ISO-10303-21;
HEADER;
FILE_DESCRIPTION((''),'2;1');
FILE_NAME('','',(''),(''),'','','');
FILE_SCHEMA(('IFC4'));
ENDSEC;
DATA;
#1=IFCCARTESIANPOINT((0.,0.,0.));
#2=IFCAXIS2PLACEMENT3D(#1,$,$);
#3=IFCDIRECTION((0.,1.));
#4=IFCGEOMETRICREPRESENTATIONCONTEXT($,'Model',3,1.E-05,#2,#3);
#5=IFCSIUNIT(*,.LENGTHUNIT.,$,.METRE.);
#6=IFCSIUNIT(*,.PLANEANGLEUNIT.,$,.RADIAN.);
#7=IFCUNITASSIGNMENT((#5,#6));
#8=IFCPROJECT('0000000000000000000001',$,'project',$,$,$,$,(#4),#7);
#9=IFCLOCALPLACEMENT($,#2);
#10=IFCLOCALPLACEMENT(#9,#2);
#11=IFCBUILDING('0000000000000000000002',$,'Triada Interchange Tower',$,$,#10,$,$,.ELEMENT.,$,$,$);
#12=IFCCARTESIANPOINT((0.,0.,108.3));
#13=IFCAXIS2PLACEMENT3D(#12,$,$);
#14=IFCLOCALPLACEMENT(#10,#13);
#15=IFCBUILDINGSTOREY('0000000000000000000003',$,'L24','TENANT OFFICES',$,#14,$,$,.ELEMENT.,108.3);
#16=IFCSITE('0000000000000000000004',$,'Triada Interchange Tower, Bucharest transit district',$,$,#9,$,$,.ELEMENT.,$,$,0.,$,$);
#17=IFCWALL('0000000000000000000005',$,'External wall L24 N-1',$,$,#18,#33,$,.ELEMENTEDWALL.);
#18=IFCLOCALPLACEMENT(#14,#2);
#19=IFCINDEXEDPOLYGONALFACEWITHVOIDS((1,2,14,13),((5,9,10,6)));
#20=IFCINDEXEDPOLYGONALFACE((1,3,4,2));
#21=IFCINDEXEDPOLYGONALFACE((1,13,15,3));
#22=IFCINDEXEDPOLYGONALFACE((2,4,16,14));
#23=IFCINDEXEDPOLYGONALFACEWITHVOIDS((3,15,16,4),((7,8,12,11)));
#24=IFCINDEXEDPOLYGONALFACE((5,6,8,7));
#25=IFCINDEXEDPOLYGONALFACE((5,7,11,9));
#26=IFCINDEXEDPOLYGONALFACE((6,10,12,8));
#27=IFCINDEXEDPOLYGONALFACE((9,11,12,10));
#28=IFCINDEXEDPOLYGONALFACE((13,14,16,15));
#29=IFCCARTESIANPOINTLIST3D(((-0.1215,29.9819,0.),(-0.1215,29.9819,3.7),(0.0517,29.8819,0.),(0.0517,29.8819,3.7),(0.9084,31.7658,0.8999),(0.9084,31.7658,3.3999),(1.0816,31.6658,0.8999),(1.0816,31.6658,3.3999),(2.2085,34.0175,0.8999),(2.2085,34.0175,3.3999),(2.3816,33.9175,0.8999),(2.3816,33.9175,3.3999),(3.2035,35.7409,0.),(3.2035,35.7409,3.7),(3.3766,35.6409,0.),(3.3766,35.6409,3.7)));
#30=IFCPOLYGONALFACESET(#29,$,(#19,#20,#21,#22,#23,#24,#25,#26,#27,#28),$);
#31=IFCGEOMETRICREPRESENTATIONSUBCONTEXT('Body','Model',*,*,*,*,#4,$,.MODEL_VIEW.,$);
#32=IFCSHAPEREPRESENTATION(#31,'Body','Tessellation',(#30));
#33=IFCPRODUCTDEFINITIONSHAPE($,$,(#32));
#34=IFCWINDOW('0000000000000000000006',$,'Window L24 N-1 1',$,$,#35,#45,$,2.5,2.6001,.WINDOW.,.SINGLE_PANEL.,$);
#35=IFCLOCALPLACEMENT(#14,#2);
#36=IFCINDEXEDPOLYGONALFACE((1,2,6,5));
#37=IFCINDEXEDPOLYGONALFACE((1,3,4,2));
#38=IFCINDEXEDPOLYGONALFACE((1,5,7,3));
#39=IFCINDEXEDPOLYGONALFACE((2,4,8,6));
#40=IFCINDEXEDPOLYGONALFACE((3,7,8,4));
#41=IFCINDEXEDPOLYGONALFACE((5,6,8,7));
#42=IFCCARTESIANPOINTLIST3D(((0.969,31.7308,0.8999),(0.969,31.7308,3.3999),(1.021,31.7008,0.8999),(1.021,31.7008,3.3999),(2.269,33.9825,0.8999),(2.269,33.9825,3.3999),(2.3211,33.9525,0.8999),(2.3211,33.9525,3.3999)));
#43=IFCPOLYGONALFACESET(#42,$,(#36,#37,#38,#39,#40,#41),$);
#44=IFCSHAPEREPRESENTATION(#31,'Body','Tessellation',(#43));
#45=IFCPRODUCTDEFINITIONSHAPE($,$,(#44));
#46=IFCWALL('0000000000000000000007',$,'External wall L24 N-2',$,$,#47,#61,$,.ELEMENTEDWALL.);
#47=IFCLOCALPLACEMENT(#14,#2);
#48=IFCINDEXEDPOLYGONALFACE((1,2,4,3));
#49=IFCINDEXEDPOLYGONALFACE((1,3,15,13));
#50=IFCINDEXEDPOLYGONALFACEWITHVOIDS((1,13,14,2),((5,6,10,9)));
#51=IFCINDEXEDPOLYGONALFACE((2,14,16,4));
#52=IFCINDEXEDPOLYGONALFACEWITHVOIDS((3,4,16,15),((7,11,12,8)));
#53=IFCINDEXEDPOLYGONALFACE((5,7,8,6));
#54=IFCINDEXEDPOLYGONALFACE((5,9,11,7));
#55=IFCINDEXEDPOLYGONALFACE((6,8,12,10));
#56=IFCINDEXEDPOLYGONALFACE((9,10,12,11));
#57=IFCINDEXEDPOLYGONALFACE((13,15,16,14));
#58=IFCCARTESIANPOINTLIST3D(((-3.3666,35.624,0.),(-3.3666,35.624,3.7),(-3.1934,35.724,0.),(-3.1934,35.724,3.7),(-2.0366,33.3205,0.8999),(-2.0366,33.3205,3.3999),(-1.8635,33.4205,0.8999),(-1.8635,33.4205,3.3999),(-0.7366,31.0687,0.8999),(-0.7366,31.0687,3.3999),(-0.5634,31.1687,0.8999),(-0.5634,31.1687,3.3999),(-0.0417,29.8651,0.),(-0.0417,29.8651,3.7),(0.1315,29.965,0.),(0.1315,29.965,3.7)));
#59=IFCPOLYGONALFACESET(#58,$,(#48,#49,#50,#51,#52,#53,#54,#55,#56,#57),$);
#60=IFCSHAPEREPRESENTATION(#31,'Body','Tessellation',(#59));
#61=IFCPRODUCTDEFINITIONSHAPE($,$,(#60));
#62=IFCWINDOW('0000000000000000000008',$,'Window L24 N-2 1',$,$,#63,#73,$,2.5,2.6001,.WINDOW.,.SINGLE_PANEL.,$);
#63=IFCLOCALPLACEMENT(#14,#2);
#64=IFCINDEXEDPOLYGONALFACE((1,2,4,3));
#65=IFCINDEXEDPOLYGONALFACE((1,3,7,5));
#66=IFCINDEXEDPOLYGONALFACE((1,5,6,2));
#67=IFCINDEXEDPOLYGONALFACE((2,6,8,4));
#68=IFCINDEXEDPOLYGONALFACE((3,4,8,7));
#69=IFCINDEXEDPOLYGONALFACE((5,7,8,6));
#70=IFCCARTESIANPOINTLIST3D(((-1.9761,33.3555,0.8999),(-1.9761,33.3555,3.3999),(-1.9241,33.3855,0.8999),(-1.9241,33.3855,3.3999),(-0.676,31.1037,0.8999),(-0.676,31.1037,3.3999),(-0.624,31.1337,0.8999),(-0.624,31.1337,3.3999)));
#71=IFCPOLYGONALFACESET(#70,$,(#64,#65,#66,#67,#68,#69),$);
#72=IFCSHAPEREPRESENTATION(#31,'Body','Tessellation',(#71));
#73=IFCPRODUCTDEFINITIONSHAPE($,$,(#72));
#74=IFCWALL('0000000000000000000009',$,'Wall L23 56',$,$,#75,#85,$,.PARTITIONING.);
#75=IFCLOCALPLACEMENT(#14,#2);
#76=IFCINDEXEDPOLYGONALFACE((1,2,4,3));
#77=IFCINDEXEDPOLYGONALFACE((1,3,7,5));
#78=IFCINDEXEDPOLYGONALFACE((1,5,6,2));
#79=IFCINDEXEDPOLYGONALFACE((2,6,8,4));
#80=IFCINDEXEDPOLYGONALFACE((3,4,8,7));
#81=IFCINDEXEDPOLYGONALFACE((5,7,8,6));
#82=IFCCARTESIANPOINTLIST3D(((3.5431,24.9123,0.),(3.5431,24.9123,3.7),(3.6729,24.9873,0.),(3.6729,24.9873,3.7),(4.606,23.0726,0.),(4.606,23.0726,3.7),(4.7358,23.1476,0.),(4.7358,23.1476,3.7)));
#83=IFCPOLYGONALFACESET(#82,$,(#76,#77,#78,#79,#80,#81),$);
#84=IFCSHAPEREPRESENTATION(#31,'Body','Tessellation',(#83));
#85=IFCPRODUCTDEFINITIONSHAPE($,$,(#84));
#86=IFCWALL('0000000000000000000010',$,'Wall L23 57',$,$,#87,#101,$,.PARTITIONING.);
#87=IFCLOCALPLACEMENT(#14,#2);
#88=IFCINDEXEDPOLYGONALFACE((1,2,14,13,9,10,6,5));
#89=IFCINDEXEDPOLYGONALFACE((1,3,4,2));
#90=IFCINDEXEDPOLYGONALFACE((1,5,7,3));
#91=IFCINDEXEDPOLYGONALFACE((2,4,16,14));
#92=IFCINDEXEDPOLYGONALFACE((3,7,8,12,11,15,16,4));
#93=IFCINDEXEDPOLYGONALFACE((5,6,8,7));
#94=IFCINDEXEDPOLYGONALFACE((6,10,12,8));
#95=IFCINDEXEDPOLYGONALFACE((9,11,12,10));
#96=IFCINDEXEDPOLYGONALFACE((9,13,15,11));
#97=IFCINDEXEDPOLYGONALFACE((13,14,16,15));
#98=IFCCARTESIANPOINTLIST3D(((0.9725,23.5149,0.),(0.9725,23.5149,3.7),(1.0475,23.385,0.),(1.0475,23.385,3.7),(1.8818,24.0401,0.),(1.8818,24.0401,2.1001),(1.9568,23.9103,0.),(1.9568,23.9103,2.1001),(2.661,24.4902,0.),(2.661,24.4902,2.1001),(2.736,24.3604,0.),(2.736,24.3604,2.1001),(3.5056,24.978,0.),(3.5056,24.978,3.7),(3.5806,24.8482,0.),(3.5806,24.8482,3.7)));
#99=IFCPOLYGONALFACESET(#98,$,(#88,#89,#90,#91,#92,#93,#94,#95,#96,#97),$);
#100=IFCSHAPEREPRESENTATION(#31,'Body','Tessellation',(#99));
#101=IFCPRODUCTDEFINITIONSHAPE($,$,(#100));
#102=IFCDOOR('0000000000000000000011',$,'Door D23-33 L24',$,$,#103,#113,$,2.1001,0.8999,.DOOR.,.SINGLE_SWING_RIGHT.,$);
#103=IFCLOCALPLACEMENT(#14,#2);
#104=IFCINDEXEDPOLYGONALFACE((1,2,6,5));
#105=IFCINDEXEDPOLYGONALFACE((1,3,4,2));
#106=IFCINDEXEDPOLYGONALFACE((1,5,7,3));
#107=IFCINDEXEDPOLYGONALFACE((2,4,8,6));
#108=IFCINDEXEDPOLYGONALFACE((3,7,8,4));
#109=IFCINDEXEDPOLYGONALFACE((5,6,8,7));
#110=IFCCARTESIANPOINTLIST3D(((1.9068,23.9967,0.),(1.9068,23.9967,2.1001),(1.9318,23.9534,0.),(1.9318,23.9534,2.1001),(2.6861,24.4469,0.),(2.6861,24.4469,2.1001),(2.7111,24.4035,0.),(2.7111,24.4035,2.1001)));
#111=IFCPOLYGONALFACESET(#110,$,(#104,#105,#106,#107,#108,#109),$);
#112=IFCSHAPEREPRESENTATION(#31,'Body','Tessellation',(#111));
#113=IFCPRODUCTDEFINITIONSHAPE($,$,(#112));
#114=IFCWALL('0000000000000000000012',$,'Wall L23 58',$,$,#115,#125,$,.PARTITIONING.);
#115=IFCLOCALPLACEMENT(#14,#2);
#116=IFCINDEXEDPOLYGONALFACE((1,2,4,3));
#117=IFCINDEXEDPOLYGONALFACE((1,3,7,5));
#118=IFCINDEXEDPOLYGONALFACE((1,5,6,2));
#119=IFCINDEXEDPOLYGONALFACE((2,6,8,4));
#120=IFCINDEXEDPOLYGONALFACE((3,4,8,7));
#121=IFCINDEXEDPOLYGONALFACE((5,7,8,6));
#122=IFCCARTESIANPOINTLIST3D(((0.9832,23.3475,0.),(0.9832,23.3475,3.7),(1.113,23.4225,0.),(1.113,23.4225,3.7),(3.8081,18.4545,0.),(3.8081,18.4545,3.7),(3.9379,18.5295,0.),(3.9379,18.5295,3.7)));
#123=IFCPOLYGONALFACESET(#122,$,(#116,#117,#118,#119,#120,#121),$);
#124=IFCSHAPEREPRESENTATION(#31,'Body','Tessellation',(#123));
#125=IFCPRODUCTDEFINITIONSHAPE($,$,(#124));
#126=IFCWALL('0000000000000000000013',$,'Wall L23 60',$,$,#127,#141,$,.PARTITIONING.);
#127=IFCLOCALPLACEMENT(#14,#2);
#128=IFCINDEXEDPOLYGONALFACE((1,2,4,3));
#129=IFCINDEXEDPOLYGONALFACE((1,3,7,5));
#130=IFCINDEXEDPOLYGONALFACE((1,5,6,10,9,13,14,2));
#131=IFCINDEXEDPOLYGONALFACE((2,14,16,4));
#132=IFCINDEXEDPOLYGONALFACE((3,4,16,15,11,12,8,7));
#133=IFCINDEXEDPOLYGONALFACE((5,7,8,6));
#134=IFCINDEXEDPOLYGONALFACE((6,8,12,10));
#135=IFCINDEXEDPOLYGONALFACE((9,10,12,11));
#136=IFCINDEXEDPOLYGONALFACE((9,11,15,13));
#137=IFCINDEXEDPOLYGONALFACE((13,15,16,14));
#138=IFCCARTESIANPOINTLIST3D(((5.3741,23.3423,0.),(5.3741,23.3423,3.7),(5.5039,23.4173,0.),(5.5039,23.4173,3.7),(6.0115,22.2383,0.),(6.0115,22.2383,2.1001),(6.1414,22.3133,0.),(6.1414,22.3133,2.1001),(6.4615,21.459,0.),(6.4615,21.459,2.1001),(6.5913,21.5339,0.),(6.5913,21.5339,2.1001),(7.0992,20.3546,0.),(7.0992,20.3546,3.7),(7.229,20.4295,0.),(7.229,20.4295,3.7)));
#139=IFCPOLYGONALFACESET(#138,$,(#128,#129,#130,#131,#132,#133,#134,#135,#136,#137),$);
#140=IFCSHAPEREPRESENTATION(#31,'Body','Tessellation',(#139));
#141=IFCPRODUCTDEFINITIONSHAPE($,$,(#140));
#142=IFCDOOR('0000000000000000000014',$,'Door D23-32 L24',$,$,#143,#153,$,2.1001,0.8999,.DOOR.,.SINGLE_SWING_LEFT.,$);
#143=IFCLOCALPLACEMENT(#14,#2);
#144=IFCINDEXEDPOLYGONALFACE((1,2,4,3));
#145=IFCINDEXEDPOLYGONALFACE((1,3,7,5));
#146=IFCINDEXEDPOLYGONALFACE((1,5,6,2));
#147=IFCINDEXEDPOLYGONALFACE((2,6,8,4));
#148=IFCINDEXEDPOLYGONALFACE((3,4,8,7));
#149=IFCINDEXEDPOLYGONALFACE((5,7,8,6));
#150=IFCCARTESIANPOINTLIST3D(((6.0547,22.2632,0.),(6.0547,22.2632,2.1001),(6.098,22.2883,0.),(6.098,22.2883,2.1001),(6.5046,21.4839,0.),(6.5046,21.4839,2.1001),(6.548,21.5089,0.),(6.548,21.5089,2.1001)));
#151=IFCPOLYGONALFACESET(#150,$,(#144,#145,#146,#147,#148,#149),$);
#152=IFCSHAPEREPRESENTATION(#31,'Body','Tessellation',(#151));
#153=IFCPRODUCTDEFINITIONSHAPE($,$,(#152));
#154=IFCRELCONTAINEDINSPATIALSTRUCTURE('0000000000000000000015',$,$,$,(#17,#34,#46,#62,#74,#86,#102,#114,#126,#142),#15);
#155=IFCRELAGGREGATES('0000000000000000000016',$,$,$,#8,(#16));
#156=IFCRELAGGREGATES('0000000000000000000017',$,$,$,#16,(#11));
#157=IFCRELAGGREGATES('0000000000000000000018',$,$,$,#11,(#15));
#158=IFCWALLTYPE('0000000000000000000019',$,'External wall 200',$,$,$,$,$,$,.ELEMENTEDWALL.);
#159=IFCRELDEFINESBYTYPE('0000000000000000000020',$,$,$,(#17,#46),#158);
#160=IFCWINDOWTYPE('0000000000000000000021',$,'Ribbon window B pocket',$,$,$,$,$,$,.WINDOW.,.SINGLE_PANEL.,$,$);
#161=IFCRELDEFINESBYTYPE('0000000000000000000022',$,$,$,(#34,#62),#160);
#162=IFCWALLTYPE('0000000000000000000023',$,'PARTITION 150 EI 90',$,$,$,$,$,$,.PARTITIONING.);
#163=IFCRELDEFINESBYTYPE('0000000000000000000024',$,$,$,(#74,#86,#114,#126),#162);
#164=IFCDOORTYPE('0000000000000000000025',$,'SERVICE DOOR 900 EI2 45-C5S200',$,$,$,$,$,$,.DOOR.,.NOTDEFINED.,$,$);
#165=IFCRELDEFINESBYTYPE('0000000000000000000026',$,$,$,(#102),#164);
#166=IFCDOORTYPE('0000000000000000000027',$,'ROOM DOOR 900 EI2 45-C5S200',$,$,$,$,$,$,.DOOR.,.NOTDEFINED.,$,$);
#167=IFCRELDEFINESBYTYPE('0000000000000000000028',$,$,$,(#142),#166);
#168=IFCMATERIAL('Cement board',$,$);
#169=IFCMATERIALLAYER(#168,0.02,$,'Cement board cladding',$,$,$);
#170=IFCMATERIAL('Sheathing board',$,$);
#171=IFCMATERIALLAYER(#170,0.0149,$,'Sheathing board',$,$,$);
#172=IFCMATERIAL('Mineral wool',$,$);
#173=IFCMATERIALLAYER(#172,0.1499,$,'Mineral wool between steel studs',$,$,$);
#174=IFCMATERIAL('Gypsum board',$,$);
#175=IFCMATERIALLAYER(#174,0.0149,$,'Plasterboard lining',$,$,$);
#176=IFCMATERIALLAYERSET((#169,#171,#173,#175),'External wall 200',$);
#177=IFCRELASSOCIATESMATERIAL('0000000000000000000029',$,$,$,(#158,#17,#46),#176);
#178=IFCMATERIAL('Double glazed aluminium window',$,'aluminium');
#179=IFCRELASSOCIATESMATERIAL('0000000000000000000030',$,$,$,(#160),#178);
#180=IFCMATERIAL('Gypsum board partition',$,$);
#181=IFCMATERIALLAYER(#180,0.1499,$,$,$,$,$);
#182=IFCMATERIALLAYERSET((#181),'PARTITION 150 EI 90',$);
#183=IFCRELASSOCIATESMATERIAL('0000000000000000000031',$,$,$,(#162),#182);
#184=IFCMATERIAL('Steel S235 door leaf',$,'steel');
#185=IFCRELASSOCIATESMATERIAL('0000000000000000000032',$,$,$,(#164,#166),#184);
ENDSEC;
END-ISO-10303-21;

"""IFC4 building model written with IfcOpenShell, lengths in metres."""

from ifc_helpers import new_model, si_unit, direction, frame, frame_2d, origin, place, context, subcontext, project, spatial, rectangle, extrude, material, layer, layer_set, layer_usage, type_object, element, fill, save


model = new_model("IFC4")

# Units and contexts
model_context = context("Model", 3, precision=1e-05, world=origin(), true_north=direction((0.0, 1.0)))
body_context = subcontext(model_context, "Body", "Model", "MODEL_VIEW")
ifc_project = project(units=[si_unit("LENGTHUNIT", "METRE"), si_unit("PLANEANGLEUNIT", "RADIAN")], contexts=[model_context])

# Site, building, storey
site_placement = place(None, origin())
site = spatial("IfcSite", under=ifc_project, at=site_placement, Name="Triada Interchange Tower, Bucharest transit district", CompositionType="ELEMENT", RefElevation=0.0)
building_placement = place(site_placement, origin())
building = spatial("IfcBuilding", under=site, at=building_placement, Name="Triada Interchange Tower", CompositionType="ELEMENT")
storey_placement = place(building_placement, frame((0.0, 0.0, 108.3)))
storey = spatial("IfcBuildingStorey", under=building, at=storey_placement, Name="L24", Description="TENANT OFFICES", CompositionType="ELEMENT", Elevation=108.3)

# Walls, openings, windows
ifc_material_1 = material(Name="Cement board")
ifc_layer_1 = layer(ifc_material_1, 0.02, Name="Cement board cladding")
ifc_material_2 = material(Name="Sheathing board")
ifc_layer_2 = layer(ifc_material_2, 0.0149, Name="Sheathing board")
ifc_material_3 = material(Name="Mineral wool")
ifc_layer_3 = layer(ifc_material_3, 0.1499, Name="Mineral wool between steel studs")
ifc_material_4 = material(Name="Gypsum board")
ifc_layer_4 = layer(ifc_material_4, 0.0149, Name="Plasterboard lining")
ifc_layer_set_1 = layer_set([ifc_layer_1, ifc_layer_2, ifc_layer_3, ifc_layer_4], Name="External wall 200")
ifc_layer_usage = layer_usage(ifc_layer_set_1, "AXIS2", "POSITIVE", -0.1001)
wall_type_1 = type_object("IfcWallType", Name="External wall 200", PredefinedType="ELEMENTEDWALL", material=ifc_layer_set_1)
wall_1_placement = place(storey_placement, frame((3.29, 35.6909, 0.0), z_axis=(0.0, 0.0, 1.0), x_axis=(-0.499997, -0.866027, 0.0)))
wall_1 = element("IfcWall", 1, at=wall_1_placement, inside=storey, type_object=wall_type_1, material=ifc_layer_usage, Name="External wall L24 N-1", PredefinedType="ELEMENTEDWALL", context=body_context, shape_type="SweptSolid", body=[
    extrude(rectangle(XDim=6.6499, YDim=0.2, at=frame_2d((3.325, 0.0))), origin(), (0.0, 0.0, 1.0), 3.7),
])
opening_1_placement = place(wall_1_placement, frame((1.99, 0.0, 0.8999)))
opening_1 = element("IfcOpeningElement", 2, at=opening_1_placement, cuts=wall_1, PredefinedType="OPENING", context=body_context, shape_type="SweptSolid", body=[
    extrude(rectangle(XDim=2.6001, YDim=2.5, at=frame_2d((1.3, 1.25))), frame((0.0, 0.1099, 0.0), z_axis=(0.0, -1.0, 0.0), x_axis=(1.0, 0.0, 0.0)), (0.0, 0.0, 1.0), 0.22),
])
ifc_material_5 = material(Name="Double glazed aluminium window", Category="aluminium")
window_type = type_object("IfcWindowType", Name="Ribbon window B pocket", PartitioningType="SINGLE_PANEL", PredefinedType="WINDOW", material=ifc_material_5)
window_1_placement = place(opening_1_placement, origin())
window_1 = element("IfcWindow", 3, at=window_1_placement, inside=storey, type_object=window_type, Name="Window L24 N-1 1", OverallHeight=2.5, OverallWidth=2.6001, PartitioningType="SINGLE_PANEL", PredefinedType="WINDOW", context=body_context, shape_type="SweptSolid", body=[
    extrude(rectangle(XDim=2.6001, YDim=2.5, at=frame_2d((1.3, 1.25))), frame((0.0, 0.03, 0.0), z_axis=(0.0, -1.0, 0.0), x_axis=(1.0, 0.0, 0.0)), (0.0, 0.0, 1.0), 0.0601),
])
fill(opening_1, window_1)
wall_2_placement = place(storey_placement, frame((0.0449, 29.915, 0.0), z_axis=(0.0, 0.0, 1.0), x_axis=(-0.499997, 0.866027, 0.0)))
wall_2 = element("IfcWall", 4, at=wall_2_placement, inside=storey, type_object=wall_type_1, material=ifc_layer_usage, Name="External wall L24 N-2", PredefinedType="ELEMENTEDWALL", context=body_context, shape_type="SweptSolid", body=[
    extrude(rectangle(XDim=6.6499, YDim=0.2, at=frame_2d((3.325, 0.0))), origin(), (0.0, 0.0, 1.0), 3.7),
])
opening_2_placement = place(wall_2_placement, frame((1.3899, 0.0, 0.8999)))
opening_2 = element("IfcOpeningElement", 5, at=opening_2_placement, cuts=wall_2, PredefinedType="OPENING", context=body_context, shape_type="SweptSolid", body=[
    extrude(rectangle(XDim=2.6001, YDim=2.5, at=frame_2d((1.3, 1.25))), frame((0.0, 0.1099, 0.0), z_axis=(0.0, -1.0, 0.0), x_axis=(1.0, 0.0, 0.0)), (0.0, 0.0, 1.0), 0.22),
])
window_2_placement = place(opening_2_placement, origin())
window_2 = element("IfcWindow", 6, at=window_2_placement, inside=storey, type_object=window_type, Name="Window L24 N-2 1", OverallHeight=2.5, OverallWidth=2.6001, PartitioningType="SINGLE_PANEL", PredefinedType="WINDOW", context=body_context, shape_type="SweptSolid", body=[
    extrude(rectangle(XDim=2.6001, YDim=2.5, at=frame_2d((1.3, 1.25))), frame((0.0, 0.03, 0.0), z_axis=(0.0, -1.0, 0.0), x_axis=(1.0, 0.0, 0.0)), (0.0, 0.0, 1.0), 0.0601),
])
fill(opening_2, window_2)

# Wall
ifc_material_6 = material(Name="Gypsum board partition")
ifc_layer_5 = layer(ifc_material_6, 0.1499)
ifc_layer_set_2 = layer_set([ifc_layer_5], Name="PARTITION 150 EI 90")
wall_type_2 = type_object("IfcWallType", Name="PARTITION 150 EI 90", PredefinedType="PARTITIONING", material=ifc_layer_set_2)
wall_3_placement = place(storey_placement, frame((3.6079, 24.95, 0.0), z_axis=(0.0, 0.0, 1.0), x_axis=(0.500266, -0.865872, 0.0)))
element("IfcWall", 7, at=wall_3_placement, inside=storey, type_object=wall_type_2, Name="Wall L23 56", PredefinedType="PARTITIONING", context=body_context, shape_type="SweptSolid", body=[
    extrude(rectangle(XDim=2.1248, YDim=0.1499, at=frame_2d((1.0625, 0.0))), origin(), (0.0, 0.0, 1.0), 3.7),
])

# Wall, opening, door
wall_4_placement = place(storey_placement, frame((1.01, 23.45, 0.0), z_axis=(0.0, 0.0, 1.0), x_axis=(0.865917, 0.500187, 0.0)))
wall_4 = element("IfcWall", 8, at=wall_4_placement, inside=storey, type_object=wall_type_2, Name="Wall L23 57", PredefinedType="PARTITIONING", context=body_context, shape_type="SweptSolid", body=[
    extrude(rectangle(XDim=2.9253, YDim=0.1499, at=frame_2d((1.4626, 0.0))), origin(), (0.0, 0.0, 1.0), 3.7),
])
opening_3_placement = place(wall_4_placement, frame((1.05, 0.0, 0.0)))
opening_3 = element("IfcOpeningElement", 9, at=opening_3_placement, cuts=wall_4, PredefinedType="OPENING", context=body_context, shape_type="SweptSolid", body=[
    extrude(rectangle(XDim=0.8999, YDim=2.1001, at=frame_2d((0.45, 1.05))), frame((0.0, 0.085, 0.0), z_axis=(0.0, -1.0, 0.0), x_axis=(1.0, 0.0, 0.0)), (0.0, 0.0, 1.0), 0.1699),
])
ifc_material_7 = material(Name="Steel S235 door leaf", Category="steel")
door_type_1 = type_object("IfcDoorType", Name="SERVICE DOOR 900 EI2 45-C5S200", OperationType="NOTDEFINED", PredefinedType="DOOR", material=ifc_material_7)
door_1_placement = place(opening_3_placement, origin())
door_1 = element("IfcDoor", 10, at=door_1_placement, inside=storey, type_object=door_type_1, Name="Door D23-33 L24", OperationType="SINGLE_SWING_RIGHT", OverallHeight=2.1001, OverallWidth=0.8999, PredefinedType="DOOR", context=body_context, shape_type="SweptSolid", body=[
    extrude(rectangle(XDim=0.8999, YDim=2.1001, at=frame_2d((0.45, 1.05))), frame((0.0, 0.0249, 0.0), z_axis=(0.0, -1.0, 0.0), x_axis=(1.0, 0.0, 0.0)), (0.0, 0.0, 1.0), 0.05),
])
fill(opening_3, door_1)

# Wall
wall_5_placement = place(storey_placement, frame((1.0481, 23.385, 0.0), z_axis=(0.0, 0.0, 1.0), x_axis=(0.499992, -0.86603, 0.0)))
element("IfcWall", 11, at=wall_5_placement, inside=storey, type_object=wall_type_2, Name="Wall L23 58", PredefinedType="PARTITIONING", context=body_context, shape_type="SweptSolid", body=[
    extrude(rectangle(XDim=5.6499, YDim=0.1499, at=frame_2d((2.825, 0.0))), origin(), (0.0, 0.0, 1.0), 3.7),
])

# Wall, opening, door
wall_6_placement = place(storey_placement, frame((5.439, 23.3799, 0.0), z_axis=(0.0, 0.0, 1.0), x_axis=(0.500021, -0.866014, 0.0)))
wall_6 = element("IfcWall", 12, at=wall_6_placement, inside=storey, type_object=wall_type_2, Name="Wall L23 60", PredefinedType="PARTITIONING", context=body_context, shape_type="SweptSolid", body=[
    extrude(rectangle(XDim=3.45, YDim=0.1499, at=frame_2d((1.7251, 0.0))), origin(), (0.0, 0.0, 1.0), 3.7),
])
opening_4_placement = place(wall_6_placement, frame((1.2749, 0.0, 0.0)))
opening_4 = element("IfcOpeningElement", 13, at=opening_4_placement, cuts=wall_6, PredefinedType="OPENING", context=body_context, shape_type="SweptSolid", body=[
    extrude(rectangle(XDim=0.8999, YDim=2.1001, at=frame_2d((0.45, 1.05))), frame((0.0, 0.085, 0.0), z_axis=(0.0, -1.0, 0.0), x_axis=(1.0, 0.0, 0.0)), (0.0, 0.0, 1.0), 0.1699),
])
door_type_2 = type_object("IfcDoorType", Name="ROOM DOOR 900 EI2 45-C5S200", OperationType="NOTDEFINED", PredefinedType="DOOR", material=ifc_material_7)
door_2_placement = place(opening_4_placement, origin())
door_2 = element("IfcDoor", 14, at=door_2_placement, inside=storey, type_object=door_type_2, Name="Door D23-32 L24", OperationType="SINGLE_SWING_LEFT", OverallHeight=2.1001, OverallWidth=0.8999, PredefinedType="DOOR", context=body_context, shape_type="SweptSolid", body=[
    extrude(rectangle(XDim=0.8999, YDim=2.1001, at=frame_2d((0.45, 1.05))), frame((0.0, 0.0249, 0.0), z_axis=(0.0, -1.0, 0.0), x_axis=(1.0, 0.0, 0.0)), (0.0, 0.0, 1.0), 0.05),
])
fill(opening_4, door_2)

save(model, "model.ifc")
